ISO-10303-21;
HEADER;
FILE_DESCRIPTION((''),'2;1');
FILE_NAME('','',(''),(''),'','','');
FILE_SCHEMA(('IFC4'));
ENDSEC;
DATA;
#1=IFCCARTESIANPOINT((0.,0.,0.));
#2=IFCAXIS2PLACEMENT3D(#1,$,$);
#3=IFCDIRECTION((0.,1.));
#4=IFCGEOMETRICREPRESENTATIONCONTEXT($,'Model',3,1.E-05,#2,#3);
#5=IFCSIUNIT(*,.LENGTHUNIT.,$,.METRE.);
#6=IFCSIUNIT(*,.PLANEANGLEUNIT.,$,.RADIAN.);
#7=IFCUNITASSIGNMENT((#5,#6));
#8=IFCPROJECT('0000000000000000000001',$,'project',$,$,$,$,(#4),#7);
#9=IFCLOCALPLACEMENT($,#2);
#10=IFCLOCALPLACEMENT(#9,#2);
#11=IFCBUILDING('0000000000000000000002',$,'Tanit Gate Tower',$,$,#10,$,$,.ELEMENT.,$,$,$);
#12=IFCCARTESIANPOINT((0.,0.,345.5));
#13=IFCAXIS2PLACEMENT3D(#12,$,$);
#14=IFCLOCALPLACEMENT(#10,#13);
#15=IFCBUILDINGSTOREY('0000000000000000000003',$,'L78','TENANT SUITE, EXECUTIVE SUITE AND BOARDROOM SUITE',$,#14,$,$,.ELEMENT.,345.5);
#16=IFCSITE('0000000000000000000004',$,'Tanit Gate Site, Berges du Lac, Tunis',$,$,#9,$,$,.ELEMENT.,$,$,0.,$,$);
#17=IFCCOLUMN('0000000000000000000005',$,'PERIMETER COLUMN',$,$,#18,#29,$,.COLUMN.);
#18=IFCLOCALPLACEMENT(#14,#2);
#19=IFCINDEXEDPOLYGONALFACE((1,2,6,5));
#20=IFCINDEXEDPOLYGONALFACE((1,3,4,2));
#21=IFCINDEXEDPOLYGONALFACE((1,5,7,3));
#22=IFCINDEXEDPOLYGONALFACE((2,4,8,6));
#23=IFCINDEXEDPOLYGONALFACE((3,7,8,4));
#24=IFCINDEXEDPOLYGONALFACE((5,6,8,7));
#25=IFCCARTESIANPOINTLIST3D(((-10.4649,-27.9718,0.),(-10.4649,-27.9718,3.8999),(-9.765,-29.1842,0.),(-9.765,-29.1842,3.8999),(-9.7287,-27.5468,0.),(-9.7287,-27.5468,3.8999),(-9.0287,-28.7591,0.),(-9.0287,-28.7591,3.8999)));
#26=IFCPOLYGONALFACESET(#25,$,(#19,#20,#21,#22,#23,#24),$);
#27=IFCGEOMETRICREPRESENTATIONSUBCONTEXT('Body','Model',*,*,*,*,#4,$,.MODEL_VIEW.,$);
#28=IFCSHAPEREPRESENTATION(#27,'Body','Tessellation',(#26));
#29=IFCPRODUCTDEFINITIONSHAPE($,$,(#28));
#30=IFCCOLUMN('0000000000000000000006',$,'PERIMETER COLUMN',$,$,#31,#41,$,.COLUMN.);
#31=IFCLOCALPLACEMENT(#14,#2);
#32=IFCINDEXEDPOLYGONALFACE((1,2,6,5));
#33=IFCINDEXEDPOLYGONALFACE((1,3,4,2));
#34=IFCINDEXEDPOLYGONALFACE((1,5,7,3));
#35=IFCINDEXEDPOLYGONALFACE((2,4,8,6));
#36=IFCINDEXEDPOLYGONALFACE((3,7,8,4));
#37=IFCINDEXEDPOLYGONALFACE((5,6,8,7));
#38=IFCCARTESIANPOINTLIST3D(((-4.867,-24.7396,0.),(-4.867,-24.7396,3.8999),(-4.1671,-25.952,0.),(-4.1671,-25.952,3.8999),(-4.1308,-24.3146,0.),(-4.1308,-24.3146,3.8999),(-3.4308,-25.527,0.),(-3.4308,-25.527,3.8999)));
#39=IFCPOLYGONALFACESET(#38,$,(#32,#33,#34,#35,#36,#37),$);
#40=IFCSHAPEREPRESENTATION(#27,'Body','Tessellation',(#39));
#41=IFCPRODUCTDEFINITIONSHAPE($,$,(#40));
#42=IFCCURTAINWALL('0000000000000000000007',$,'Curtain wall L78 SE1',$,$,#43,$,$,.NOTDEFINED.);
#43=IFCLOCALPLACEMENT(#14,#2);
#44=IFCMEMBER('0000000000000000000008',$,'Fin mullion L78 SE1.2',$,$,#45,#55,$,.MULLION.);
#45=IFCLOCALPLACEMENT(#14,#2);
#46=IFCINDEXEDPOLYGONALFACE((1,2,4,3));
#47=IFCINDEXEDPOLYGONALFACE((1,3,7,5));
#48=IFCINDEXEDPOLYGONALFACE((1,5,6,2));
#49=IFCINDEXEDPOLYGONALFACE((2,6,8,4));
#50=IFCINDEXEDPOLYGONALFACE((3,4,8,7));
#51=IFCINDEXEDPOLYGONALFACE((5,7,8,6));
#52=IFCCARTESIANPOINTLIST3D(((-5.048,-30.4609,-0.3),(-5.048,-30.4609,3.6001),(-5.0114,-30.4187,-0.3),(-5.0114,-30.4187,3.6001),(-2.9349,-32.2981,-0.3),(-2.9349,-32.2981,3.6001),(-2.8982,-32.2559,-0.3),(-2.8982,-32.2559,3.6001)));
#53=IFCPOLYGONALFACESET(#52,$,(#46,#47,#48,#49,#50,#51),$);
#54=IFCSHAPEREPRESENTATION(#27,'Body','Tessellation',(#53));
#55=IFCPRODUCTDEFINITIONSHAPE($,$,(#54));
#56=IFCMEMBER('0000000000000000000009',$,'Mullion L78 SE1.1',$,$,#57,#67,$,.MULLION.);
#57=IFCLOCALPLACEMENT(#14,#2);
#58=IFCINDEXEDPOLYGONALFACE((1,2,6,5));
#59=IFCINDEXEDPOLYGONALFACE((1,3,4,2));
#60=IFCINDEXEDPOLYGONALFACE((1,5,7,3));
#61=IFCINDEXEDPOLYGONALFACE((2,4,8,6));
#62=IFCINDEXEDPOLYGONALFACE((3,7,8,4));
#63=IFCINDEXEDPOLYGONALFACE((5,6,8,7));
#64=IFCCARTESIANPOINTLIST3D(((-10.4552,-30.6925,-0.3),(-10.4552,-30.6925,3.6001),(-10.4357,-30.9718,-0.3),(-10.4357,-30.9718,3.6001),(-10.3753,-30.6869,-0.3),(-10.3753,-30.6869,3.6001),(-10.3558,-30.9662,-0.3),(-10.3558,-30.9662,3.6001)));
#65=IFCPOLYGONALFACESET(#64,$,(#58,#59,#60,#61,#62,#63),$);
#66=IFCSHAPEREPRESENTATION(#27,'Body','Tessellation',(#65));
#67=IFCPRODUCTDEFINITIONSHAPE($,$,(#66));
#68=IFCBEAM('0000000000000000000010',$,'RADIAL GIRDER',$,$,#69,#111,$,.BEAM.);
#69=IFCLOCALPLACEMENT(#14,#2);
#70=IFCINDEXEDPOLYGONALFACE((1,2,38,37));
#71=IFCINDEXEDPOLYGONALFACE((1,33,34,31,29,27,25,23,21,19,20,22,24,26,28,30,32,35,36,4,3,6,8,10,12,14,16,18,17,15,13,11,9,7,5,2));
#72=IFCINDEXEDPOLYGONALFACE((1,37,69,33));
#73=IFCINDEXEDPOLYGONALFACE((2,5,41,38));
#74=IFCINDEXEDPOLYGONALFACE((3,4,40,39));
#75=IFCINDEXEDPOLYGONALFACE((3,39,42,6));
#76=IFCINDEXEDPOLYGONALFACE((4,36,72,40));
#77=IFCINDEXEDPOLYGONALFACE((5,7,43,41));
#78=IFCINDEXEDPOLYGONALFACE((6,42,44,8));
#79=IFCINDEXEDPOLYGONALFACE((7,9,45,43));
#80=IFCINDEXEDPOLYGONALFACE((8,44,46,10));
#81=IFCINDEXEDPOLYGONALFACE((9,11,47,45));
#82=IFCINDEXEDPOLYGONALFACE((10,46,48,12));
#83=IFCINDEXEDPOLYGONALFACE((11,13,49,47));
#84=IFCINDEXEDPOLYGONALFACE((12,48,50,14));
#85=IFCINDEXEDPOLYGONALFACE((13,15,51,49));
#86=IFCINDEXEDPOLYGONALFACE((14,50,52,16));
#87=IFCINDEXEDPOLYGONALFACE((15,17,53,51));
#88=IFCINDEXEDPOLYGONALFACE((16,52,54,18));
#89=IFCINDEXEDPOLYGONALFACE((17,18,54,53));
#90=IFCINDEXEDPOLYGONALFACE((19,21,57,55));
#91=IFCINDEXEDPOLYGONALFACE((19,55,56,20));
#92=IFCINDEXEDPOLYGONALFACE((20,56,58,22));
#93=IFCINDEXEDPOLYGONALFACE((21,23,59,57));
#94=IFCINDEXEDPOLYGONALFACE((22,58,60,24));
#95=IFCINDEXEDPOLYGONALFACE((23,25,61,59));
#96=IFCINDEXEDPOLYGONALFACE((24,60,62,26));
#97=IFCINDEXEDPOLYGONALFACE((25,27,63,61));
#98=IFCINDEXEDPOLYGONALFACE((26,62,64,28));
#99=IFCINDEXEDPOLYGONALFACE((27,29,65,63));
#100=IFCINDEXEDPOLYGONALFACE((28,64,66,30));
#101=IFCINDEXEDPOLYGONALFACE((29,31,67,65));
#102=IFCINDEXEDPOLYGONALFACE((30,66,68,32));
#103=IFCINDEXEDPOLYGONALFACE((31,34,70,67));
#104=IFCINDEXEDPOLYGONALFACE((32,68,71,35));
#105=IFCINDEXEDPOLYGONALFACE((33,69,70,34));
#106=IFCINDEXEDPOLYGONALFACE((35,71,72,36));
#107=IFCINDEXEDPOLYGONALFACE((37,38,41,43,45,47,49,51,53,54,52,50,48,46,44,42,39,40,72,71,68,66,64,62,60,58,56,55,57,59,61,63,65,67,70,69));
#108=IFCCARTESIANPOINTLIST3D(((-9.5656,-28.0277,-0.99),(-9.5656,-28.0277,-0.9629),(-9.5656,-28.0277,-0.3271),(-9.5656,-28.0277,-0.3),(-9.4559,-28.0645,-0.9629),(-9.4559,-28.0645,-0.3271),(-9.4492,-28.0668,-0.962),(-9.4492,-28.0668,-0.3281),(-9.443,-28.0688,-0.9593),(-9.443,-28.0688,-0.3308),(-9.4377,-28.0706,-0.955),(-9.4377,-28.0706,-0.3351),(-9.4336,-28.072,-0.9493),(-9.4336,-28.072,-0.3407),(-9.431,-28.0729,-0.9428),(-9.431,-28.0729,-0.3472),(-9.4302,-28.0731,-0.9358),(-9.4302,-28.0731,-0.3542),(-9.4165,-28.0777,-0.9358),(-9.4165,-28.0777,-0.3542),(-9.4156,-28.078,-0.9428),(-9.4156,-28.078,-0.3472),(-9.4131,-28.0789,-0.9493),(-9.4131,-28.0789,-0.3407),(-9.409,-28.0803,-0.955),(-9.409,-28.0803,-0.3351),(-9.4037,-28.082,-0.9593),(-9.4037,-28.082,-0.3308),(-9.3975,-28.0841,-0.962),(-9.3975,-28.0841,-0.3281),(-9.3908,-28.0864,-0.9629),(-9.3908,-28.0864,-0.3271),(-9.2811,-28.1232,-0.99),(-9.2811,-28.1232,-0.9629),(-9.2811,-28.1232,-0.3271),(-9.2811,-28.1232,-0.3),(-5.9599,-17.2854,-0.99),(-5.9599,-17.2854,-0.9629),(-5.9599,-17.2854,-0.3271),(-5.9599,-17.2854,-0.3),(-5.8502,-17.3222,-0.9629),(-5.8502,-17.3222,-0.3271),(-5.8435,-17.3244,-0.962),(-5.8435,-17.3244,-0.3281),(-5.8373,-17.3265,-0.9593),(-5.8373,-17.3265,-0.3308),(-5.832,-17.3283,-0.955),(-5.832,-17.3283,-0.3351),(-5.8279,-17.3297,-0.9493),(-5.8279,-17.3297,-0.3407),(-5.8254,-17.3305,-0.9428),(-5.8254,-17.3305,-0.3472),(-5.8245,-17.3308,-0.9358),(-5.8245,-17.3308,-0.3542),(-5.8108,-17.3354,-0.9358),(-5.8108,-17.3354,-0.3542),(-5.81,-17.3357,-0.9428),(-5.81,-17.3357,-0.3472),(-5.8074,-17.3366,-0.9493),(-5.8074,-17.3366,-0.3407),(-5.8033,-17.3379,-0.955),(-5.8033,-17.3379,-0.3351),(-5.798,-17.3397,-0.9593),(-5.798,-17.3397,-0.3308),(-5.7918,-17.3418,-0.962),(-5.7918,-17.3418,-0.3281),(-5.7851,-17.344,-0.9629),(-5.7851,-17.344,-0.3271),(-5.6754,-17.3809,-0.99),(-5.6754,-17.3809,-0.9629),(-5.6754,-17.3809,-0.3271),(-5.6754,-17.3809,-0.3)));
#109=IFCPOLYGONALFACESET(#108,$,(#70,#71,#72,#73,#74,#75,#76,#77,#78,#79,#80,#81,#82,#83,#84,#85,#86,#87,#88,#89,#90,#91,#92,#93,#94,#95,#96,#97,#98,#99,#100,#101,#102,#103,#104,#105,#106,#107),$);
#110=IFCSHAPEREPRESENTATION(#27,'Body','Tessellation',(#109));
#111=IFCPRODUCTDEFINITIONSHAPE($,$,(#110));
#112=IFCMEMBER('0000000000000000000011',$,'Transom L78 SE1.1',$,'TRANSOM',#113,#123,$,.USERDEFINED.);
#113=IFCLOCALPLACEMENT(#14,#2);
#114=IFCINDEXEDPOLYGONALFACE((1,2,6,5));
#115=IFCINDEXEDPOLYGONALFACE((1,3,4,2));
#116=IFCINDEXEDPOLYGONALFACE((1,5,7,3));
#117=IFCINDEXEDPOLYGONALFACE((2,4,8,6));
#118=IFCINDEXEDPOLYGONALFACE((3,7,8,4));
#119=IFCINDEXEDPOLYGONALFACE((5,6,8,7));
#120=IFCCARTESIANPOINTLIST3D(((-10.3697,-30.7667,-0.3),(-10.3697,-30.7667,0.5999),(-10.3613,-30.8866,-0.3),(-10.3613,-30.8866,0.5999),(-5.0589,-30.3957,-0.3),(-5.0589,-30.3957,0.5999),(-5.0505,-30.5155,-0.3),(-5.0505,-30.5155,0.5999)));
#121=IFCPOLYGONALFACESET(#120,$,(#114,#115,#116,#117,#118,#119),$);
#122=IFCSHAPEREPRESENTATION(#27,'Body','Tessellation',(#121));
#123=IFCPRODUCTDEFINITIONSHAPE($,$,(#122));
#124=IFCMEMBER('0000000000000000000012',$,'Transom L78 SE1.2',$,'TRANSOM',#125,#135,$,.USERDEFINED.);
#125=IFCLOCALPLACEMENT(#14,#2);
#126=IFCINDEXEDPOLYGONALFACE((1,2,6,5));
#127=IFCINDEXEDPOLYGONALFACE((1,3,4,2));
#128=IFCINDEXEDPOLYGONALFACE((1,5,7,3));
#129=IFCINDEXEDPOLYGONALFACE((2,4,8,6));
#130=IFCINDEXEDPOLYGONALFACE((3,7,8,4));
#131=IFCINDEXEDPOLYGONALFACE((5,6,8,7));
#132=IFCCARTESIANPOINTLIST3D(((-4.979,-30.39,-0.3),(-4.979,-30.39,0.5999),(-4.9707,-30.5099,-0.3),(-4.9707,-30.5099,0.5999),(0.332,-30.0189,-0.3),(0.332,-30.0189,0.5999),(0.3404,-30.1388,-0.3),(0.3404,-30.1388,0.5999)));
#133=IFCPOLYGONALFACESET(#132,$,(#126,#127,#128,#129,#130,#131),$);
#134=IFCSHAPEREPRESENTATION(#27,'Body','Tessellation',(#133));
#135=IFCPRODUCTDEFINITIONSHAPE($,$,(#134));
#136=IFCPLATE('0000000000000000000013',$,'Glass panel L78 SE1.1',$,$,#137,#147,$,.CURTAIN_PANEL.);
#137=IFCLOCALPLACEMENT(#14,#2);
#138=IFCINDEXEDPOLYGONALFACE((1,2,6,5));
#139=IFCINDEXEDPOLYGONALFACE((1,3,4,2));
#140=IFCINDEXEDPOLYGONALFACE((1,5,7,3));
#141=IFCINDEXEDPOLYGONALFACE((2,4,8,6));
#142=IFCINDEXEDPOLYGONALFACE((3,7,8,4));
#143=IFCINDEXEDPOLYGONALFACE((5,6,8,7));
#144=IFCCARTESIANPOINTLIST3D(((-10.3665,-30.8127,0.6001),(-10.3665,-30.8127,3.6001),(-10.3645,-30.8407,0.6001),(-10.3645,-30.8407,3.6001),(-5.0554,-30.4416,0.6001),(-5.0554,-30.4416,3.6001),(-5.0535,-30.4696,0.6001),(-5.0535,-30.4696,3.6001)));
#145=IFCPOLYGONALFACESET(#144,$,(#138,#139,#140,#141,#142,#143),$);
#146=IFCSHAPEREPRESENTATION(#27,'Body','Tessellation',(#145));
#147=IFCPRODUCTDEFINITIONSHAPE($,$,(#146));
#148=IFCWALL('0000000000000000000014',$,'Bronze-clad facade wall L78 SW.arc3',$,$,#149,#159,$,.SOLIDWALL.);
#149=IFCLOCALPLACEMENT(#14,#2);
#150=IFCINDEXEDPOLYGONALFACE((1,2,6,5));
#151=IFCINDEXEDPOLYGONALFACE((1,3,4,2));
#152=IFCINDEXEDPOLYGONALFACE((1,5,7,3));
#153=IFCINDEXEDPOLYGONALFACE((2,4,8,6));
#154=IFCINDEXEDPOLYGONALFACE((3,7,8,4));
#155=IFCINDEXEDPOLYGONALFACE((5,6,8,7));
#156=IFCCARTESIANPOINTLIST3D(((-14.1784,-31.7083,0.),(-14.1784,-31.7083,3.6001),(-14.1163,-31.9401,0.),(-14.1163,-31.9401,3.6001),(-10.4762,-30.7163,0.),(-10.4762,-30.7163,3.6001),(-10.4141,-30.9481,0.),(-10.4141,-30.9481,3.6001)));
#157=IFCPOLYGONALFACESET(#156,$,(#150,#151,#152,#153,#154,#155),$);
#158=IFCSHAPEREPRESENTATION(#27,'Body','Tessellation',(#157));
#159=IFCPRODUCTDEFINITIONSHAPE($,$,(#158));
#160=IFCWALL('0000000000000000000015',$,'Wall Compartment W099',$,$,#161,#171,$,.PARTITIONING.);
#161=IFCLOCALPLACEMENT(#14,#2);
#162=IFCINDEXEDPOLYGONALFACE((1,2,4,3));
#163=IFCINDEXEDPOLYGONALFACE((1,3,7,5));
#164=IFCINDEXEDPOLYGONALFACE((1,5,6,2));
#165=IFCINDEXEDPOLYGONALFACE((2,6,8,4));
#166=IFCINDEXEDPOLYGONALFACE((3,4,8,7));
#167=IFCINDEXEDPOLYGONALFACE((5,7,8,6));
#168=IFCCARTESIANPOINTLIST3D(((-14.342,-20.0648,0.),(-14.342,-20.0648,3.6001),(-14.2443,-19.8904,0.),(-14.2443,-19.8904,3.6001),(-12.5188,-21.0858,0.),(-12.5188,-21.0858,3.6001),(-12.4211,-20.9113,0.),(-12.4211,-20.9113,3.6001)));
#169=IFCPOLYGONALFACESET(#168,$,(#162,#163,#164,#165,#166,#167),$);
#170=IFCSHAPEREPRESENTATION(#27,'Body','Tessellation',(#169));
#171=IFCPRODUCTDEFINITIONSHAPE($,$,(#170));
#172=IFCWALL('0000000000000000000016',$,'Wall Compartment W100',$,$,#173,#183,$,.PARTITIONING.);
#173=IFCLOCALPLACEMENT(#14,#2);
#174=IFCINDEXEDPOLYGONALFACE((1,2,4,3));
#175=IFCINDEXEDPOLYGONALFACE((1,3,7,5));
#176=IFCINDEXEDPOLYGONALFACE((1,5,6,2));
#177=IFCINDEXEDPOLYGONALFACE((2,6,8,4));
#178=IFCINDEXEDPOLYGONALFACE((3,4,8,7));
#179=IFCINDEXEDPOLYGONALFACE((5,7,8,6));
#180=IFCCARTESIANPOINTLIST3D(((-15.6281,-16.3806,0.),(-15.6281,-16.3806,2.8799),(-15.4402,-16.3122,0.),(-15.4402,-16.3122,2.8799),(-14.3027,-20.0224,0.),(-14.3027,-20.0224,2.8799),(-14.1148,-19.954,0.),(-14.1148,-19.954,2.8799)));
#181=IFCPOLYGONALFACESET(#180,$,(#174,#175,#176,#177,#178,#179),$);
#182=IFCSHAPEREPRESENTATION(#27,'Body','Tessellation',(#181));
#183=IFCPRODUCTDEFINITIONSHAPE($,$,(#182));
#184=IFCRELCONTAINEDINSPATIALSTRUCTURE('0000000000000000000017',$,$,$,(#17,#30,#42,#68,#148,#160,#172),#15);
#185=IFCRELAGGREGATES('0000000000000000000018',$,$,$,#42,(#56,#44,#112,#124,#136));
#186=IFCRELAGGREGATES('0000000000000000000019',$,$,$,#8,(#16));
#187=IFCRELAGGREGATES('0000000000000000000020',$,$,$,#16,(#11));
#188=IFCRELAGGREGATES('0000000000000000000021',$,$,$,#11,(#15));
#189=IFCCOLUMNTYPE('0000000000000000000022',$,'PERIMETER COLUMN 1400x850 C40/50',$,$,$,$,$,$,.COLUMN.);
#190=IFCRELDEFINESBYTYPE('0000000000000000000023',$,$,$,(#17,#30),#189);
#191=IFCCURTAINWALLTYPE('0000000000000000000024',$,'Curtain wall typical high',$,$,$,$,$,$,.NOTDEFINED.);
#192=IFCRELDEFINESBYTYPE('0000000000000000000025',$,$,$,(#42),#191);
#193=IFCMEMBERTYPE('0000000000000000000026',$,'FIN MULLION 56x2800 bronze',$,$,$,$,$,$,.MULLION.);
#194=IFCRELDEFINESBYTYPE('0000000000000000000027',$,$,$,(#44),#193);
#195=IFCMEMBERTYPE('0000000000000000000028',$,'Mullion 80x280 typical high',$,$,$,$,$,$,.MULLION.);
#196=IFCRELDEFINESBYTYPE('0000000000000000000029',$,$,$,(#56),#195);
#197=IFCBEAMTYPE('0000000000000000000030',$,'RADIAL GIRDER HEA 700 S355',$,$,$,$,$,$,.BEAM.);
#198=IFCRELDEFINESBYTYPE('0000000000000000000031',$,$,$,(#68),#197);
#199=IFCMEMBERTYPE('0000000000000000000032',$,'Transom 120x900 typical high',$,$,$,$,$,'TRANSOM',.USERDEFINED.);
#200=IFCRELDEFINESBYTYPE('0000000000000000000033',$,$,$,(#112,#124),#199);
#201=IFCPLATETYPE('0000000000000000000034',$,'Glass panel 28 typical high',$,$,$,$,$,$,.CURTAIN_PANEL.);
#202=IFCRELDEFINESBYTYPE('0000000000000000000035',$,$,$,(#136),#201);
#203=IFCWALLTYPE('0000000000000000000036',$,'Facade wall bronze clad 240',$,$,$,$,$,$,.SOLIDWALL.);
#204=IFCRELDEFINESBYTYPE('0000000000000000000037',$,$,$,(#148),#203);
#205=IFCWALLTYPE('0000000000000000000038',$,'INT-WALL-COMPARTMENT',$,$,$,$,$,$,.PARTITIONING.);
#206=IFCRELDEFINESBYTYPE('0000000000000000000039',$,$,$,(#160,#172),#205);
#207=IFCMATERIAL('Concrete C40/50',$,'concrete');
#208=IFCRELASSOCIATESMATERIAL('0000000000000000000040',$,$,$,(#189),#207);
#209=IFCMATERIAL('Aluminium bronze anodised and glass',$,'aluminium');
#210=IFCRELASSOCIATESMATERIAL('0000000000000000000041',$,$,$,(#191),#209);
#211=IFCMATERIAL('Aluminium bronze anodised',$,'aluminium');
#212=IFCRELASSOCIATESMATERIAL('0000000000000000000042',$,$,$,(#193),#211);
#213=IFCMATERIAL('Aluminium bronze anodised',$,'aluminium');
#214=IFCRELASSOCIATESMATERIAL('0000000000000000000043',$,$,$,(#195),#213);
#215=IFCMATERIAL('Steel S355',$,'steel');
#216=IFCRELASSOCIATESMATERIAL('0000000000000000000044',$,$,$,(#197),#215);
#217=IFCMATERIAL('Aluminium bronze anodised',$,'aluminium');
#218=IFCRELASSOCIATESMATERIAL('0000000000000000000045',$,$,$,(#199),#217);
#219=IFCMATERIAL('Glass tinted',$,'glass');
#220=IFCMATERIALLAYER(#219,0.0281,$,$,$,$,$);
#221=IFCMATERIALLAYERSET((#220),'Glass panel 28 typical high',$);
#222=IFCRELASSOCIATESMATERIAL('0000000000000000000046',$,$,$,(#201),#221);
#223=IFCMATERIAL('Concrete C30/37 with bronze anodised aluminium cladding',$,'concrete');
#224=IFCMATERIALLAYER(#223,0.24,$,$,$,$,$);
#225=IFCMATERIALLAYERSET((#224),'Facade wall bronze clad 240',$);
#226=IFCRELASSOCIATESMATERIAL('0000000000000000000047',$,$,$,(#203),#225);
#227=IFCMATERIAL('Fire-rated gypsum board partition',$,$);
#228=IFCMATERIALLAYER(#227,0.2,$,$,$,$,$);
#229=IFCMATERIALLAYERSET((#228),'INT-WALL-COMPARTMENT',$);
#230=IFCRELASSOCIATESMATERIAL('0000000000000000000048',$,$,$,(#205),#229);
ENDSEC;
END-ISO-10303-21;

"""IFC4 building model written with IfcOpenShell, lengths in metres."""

from ifc_helpers import new_model, si_unit, direction, frame, frame_2d, origin, origin_2d, place, context, subcontext, project, spatial, rectangle, i_section, extrude, material, layer, layer_set, material_profile, profile_set, type_object, element, aggregate, save


model = new_model("IFC4")

# Units and contexts
model_context = context("Model", 3, precision=1e-05, world=origin(), true_north=direction((0.0, 1.0)))
body_context = subcontext(model_context, "Body", "Model", "MODEL_VIEW")
ifc_project = project(units=[si_unit("LENGTHUNIT", "METRE"), si_unit("PLANEANGLEUNIT", "RADIAN")], contexts=[model_context])

# Site, building, storey
site_placement = place(None, origin())
site = spatial("IfcSite", under=ifc_project, at=site_placement, Name="Tanit Gate Site, Berges du Lac, Tunis", CompositionType="ELEMENT", RefElevation=0.0)
building_placement = place(site_placement, origin())
building = spatial("IfcBuilding", under=site, at=building_placement, Name="Tanit Gate Tower", CompositionType="ELEMENT")
storey_placement = place(building_placement, frame((0.0, 0.0, 345.5)))
storey = spatial("IfcBuildingStorey", under=building, at=storey_placement, Name="L78", Description="TENANT SUITE, EXECUTIVE SUITE AND BOARDROOM SUITE", CompositionType="ELEMENT", Elevation=345.5)

# Columns
ifc_material_1 = material(Name="Concrete C40/50", Category="concrete")
ifc_material_profile_1 = material_profile(ifc_material_1, rectangle(XDim=1.3999, YDim=0.8501, at=origin_2d()), Name="RC 1400x850")
ifc_profile_set_1 = profile_set([ifc_material_profile_1], Name="Concrete C40/50")
column_type = type_object("IfcColumnType", Name="PERIMETER COLUMN 1400x850 C40/50", PredefinedType="COLUMN", material=ifc_profile_set_1)
for number, where, z_axis, x_axis, name in (
    (1, (-9.7468, -28.3655, 0.0), (0.0, 0.0, 1.0), (0.5, -0.866025, 0.0), "PERIMETER COLUMN"),
    (2, (-4.1489, -25.1333, 0.0), (0.0, 0.0, 1.0), (0.5, -0.866025, 0.0), "PERIMETER COLUMN"),
):
    element("IfcColumn", number, at=place(storey_placement, frame(where, z_axis=z_axis, x_axis=x_axis)), inside=storey, type_object=column_type, Name=name, PredefinedType="COLUMN", context=body_context, shape_type="SweptSolid", body=[
        extrude(rectangle(XDim=1.3999, YDim=0.8501, at=origin_2d()), origin(), (0.0, 0.0, 1.0), 3.8999),
    ])

# Curtain wall, members
ifc_material_2 = material(Name="Aluminium bronze anodised and glass", Category="aluminium")
curtain_wall_type = type_object("IfcCurtainWallType", Name="Curtain wall typical high", PredefinedType="NOTDEFINED", material=ifc_material_2)
curtain_wall_placement = place(storey_placement, origin())
curtain_wall = element("IfcCurtainWall", 3, at=curtain_wall_placement, inside=storey, type_object=curtain_wall_type, Name="Curtain wall L78 SE1", PredefinedType="NOTDEFINED")
ifc_material_3 = material(Name="Aluminium bronze anodised", Category="aluminium")
ifc_material_profile_2 = material_profile(ifc_material_3, rectangle(XDim=2.8, YDim=0.0559, at=origin_2d()), Name="56x2800 bronze fin mullion")
ifc_profile_set_2 = profile_set([ifc_material_profile_2], Name="Aluminium bronze anodised")
member_type_1 = type_object("IfcMemberType", Name="FIN MULLION 56x2800 bronze", PredefinedType="MULLION", material=ifc_profile_set_2)
member_1_placement = place(storey_placement, frame((-3.9731, -31.3584, -0.3), z_axis=(0.0, 0.0, 1.0), x_axis=(-0.754674, 0.6561, 0.0)))
member_1 = element("IfcMember", 4, at=member_1_placement, type_object=member_type_1, Name="Fin mullion L78 SE1.2", PredefinedType="MULLION", context=body_context, shape_type="SweptSolid", body=[
    extrude(rectangle(XDim=2.8, YDim=0.0559, at=origin_2d()), origin(), (0.0, 0.0, 1.0), 3.9001),
])
ifc_material_4 = material(Name="Aluminium bronze anodised", Category="aluminium")
ifc_material_profile_3 = material_profile(ifc_material_4, rectangle(XDim=0.28, YDim=0.0801, at=origin_2d()), Name="80x280 bronze mullion")
ifc_profile_set_3 = profile_set([ifc_material_profile_3], Name="Aluminium bronze anodised")
member_type_2 = type_object("IfcMemberType", Name="Mullion 80x280 typical high", PredefinedType="MULLION", material=ifc_profile_set_3)
member_2_placement = place(storey_placement, frame((-10.4055, -30.8293, -0.3), z_axis=(0.0, 0.0, 1.0), x_axis=(-0.069702, 0.997568, 0.0)))
member_2 = element("IfcMember", 5, at=member_2_placement, type_object=member_type_2, Name="Mullion L78 SE1.1", PredefinedType="MULLION", context=body_context, shape_type="SweptSolid", body=[
    extrude(rectangle(XDim=0.28, YDim=0.0801, at=origin_2d()), origin(), (0.0, 0.0, 1.0), 3.9001),
])

# Beam
ifc_material_5 = material(Name="Steel S355", Category="steel")
ifc_material_profile_4 = material_profile(ifc_material_5, i_section(OverallWidth=0.3, OverallDepth=0.6899, WebThickness=0.0144, FlangeThickness=0.0271, FilletRadius=0.0271, at=origin_2d()), Name="HEA 700")
ifc_profile_set_4 = profile_set([ifc_material_profile_4], Name="Steel S355")
beam_type = type_object("IfcBeamType", Name="RADIAL GIRDER HEA 700 S355", PredefinedType="BEAM", material=ifc_profile_set_4)
beam_placement = place(storey_placement, frame((-9.4233, -28.0754, -0.645), z_axis=(0.318205, 0.948022, 0.0), x_axis=(-0.948022, 0.318205, 0.0)))
element("IfcBeam", 6, at=beam_placement, inside=storey, type_object=beam_type, Name="RADIAL GIRDER", PredefinedType="BEAM", context=body_context, shape_type="SweptSolid", body=[
    extrude(i_section(OverallWidth=0.3, OverallDepth=0.6899, WebThickness=0.0144, FlangeThickness=0.0271, FilletRadius=0.0271, at=origin_2d()), origin(), (0.0, 0.0, 1.0), 11.3313),
])

# Members
ifc_material_6 = material(Name="Aluminium bronze anodised", Category="aluminium")
ifc_material_profile_5 = material_profile(ifc_material_6, rectangle(XDim=0.1201, YDim=0.8999, at=origin_2d()), Name="120x900 bronze transom")
ifc_profile_set_5 = profile_set([ifc_material_profile_5], Name="Aluminium bronze anodised")
member_type_3 = type_object("IfcMemberType", Name="Transom 120x900 typical high", ElementType="TRANSOM", PredefinedType="USERDEFINED", material=ifc_profile_set_5)
member_3_placement = place(storey_placement, frame((-10.3655, -30.8267, 0.1499), z_axis=(0.997568, 0.069705, 0.0), x_axis=(-0.069705, 0.997568, 0.0)))
member_3 = element("IfcMember", 7, at=member_3_placement, type_object=member_type_3, Name="Transom L78 SE1.1", ObjectType="TRANSOM", PredefinedType="USERDEFINED", context=body_context, shape_type="SweptSolid", body=[
    extrude(rectangle(XDim=0.1201, YDim=0.8999, at=origin_2d()), origin(), (0.0, 0.0, 1.0), 5.3237),
])
member_4_placement = place(storey_placement, frame((-4.9749, -30.45, 0.1499), z_axis=(0.997568, 0.069702, 0.0), x_axis=(-0.069702, 0.997568, 0.0)))
member_4 = element("IfcMember", 8, at=member_4_placement, type_object=member_type_3, Name="Transom L78 SE1.2", ObjectType="TRANSOM", PredefinedType="USERDEFINED", context=body_context, shape_type="SweptSolid", body=[
    extrude(rectangle(XDim=0.1201, YDim=0.8999, at=origin_2d()), origin(), (0.0, 0.0, 1.0), 5.324),
])

# Plate
ifc_material_7 = material(Name="Glass tinted", Category="glass")
ifc_layer_1 = layer(ifc_material_7, 0.0281)
ifc_layer_set_1 = layer_set([ifc_layer_1], Name="Glass panel 28 typical high")
plate_type = type_object("IfcPlateType", Name="Glass panel 28 typical high", PredefinedType="CURTAIN_PANEL", material=ifc_layer_set_1)
plate_placement = place(storey_placement, frame((-7.71, -30.6411, 0.6001), z_axis=(0.0, 0.0, 1.0), x_axis=(0.997568, 0.069702, 0.0)))
plate = element("IfcPlate", 9, at=plate_placement, type_object=plate_type, Name="Glass panel L78 SE1.1", PredefinedType="CURTAIN_PANEL", context=body_context, shape_type="SweptSolid", body=[
    extrude(rectangle(XDim=5.324, YDim=0.0281, at=origin_2d()), origin(), (0.0, 0.0, 1.0), 3.0),
])
aggregate(curtain_wall, [member_2, member_1, member_3, member_4, plate])

# Walls
ifc_material_8 = material(Name="Concrete C30/37 with bronze anodised aluminium cladding", Category="concrete")
ifc_layer_2 = layer(ifc_material_8, 0.24)
ifc_layer_set_2 = layer_set([ifc_layer_2], Name="Facade wall bronze clad 240")
wall_type_1 = type_object("IfcWallType", Name="Facade wall bronze clad 240", PredefinedType="SOLIDWALL", material=ifc_layer_set_2)
wall_1_placement = place(storey_placement, frame((-14.1475, -31.8242, 0.0), z_axis=(0.0, 0.0, 1.0), x_axis=(0.965929, 0.258808, 0.0)))
element("IfcWall", 10, at=wall_1_placement, inside=storey, type_object=wall_type_1, Name="Bronze-clad facade wall L78 SW.arc3", PredefinedType="SOLIDWALL", context=body_context, shape_type="SweptSolid", body=[
    extrude(rectangle(XDim=3.8328, YDim=0.24, at=frame_2d((1.9165, 0.0))), origin(), (0.0, 0.0, 1.0), 3.6001),
])
ifc_material_9 = material(Name="Fire-rated gypsum board partition")
ifc_layer_3 = layer(ifc_material_9, 0.2)
ifc_layer_set_3 = layer_set([ifc_layer_3], Name="INT-WALL-COMPARTMENT")
wall_type_2 = type_object("IfcWallType", Name="INT-WALL-COMPARTMENT", PredefinedType="PARTITIONING", material=ifc_layer_set_3)
wall_2_placement = place(storey_placement, frame((-14.2932, -19.9775, 0.0), z_axis=(0.0, 0.0, 1.0), x_axis=(0.87251, -0.488596, 0.0)))
element("IfcWall", 11, at=wall_2_placement, inside=storey, type_object=wall_type_2, Name="Wall Compartment W099", PredefinedType="PARTITIONING", context=body_context, shape_type="SweptSolid", body=[
    extrude(rectangle(XDim=2.0896, YDim=0.2, at=frame_2d((1.0449, 0.0))), origin(), (0.0, 0.0, 1.0), 3.6001),
])
wall_3_placement = place(storey_placement, frame((-15.5342, -16.3464, 0.0), z_axis=(0.0, 0.0, 1.0), x_axis=(0.342001, -0.9397, 0.0)))
element("IfcWall", 12, at=wall_3_placement, inside=storey, type_object=wall_type_2, Name="Wall Compartment W100", PredefinedType="PARTITIONING", context=body_context, shape_type="SweptSolid", body=[
    extrude(rectangle(XDim=3.8755, YDim=0.2, at=frame_2d((1.9377, 0.0))), origin(), (0.0, 0.0, 1.0), 2.8799),
])

save(model, "model.ifc")
